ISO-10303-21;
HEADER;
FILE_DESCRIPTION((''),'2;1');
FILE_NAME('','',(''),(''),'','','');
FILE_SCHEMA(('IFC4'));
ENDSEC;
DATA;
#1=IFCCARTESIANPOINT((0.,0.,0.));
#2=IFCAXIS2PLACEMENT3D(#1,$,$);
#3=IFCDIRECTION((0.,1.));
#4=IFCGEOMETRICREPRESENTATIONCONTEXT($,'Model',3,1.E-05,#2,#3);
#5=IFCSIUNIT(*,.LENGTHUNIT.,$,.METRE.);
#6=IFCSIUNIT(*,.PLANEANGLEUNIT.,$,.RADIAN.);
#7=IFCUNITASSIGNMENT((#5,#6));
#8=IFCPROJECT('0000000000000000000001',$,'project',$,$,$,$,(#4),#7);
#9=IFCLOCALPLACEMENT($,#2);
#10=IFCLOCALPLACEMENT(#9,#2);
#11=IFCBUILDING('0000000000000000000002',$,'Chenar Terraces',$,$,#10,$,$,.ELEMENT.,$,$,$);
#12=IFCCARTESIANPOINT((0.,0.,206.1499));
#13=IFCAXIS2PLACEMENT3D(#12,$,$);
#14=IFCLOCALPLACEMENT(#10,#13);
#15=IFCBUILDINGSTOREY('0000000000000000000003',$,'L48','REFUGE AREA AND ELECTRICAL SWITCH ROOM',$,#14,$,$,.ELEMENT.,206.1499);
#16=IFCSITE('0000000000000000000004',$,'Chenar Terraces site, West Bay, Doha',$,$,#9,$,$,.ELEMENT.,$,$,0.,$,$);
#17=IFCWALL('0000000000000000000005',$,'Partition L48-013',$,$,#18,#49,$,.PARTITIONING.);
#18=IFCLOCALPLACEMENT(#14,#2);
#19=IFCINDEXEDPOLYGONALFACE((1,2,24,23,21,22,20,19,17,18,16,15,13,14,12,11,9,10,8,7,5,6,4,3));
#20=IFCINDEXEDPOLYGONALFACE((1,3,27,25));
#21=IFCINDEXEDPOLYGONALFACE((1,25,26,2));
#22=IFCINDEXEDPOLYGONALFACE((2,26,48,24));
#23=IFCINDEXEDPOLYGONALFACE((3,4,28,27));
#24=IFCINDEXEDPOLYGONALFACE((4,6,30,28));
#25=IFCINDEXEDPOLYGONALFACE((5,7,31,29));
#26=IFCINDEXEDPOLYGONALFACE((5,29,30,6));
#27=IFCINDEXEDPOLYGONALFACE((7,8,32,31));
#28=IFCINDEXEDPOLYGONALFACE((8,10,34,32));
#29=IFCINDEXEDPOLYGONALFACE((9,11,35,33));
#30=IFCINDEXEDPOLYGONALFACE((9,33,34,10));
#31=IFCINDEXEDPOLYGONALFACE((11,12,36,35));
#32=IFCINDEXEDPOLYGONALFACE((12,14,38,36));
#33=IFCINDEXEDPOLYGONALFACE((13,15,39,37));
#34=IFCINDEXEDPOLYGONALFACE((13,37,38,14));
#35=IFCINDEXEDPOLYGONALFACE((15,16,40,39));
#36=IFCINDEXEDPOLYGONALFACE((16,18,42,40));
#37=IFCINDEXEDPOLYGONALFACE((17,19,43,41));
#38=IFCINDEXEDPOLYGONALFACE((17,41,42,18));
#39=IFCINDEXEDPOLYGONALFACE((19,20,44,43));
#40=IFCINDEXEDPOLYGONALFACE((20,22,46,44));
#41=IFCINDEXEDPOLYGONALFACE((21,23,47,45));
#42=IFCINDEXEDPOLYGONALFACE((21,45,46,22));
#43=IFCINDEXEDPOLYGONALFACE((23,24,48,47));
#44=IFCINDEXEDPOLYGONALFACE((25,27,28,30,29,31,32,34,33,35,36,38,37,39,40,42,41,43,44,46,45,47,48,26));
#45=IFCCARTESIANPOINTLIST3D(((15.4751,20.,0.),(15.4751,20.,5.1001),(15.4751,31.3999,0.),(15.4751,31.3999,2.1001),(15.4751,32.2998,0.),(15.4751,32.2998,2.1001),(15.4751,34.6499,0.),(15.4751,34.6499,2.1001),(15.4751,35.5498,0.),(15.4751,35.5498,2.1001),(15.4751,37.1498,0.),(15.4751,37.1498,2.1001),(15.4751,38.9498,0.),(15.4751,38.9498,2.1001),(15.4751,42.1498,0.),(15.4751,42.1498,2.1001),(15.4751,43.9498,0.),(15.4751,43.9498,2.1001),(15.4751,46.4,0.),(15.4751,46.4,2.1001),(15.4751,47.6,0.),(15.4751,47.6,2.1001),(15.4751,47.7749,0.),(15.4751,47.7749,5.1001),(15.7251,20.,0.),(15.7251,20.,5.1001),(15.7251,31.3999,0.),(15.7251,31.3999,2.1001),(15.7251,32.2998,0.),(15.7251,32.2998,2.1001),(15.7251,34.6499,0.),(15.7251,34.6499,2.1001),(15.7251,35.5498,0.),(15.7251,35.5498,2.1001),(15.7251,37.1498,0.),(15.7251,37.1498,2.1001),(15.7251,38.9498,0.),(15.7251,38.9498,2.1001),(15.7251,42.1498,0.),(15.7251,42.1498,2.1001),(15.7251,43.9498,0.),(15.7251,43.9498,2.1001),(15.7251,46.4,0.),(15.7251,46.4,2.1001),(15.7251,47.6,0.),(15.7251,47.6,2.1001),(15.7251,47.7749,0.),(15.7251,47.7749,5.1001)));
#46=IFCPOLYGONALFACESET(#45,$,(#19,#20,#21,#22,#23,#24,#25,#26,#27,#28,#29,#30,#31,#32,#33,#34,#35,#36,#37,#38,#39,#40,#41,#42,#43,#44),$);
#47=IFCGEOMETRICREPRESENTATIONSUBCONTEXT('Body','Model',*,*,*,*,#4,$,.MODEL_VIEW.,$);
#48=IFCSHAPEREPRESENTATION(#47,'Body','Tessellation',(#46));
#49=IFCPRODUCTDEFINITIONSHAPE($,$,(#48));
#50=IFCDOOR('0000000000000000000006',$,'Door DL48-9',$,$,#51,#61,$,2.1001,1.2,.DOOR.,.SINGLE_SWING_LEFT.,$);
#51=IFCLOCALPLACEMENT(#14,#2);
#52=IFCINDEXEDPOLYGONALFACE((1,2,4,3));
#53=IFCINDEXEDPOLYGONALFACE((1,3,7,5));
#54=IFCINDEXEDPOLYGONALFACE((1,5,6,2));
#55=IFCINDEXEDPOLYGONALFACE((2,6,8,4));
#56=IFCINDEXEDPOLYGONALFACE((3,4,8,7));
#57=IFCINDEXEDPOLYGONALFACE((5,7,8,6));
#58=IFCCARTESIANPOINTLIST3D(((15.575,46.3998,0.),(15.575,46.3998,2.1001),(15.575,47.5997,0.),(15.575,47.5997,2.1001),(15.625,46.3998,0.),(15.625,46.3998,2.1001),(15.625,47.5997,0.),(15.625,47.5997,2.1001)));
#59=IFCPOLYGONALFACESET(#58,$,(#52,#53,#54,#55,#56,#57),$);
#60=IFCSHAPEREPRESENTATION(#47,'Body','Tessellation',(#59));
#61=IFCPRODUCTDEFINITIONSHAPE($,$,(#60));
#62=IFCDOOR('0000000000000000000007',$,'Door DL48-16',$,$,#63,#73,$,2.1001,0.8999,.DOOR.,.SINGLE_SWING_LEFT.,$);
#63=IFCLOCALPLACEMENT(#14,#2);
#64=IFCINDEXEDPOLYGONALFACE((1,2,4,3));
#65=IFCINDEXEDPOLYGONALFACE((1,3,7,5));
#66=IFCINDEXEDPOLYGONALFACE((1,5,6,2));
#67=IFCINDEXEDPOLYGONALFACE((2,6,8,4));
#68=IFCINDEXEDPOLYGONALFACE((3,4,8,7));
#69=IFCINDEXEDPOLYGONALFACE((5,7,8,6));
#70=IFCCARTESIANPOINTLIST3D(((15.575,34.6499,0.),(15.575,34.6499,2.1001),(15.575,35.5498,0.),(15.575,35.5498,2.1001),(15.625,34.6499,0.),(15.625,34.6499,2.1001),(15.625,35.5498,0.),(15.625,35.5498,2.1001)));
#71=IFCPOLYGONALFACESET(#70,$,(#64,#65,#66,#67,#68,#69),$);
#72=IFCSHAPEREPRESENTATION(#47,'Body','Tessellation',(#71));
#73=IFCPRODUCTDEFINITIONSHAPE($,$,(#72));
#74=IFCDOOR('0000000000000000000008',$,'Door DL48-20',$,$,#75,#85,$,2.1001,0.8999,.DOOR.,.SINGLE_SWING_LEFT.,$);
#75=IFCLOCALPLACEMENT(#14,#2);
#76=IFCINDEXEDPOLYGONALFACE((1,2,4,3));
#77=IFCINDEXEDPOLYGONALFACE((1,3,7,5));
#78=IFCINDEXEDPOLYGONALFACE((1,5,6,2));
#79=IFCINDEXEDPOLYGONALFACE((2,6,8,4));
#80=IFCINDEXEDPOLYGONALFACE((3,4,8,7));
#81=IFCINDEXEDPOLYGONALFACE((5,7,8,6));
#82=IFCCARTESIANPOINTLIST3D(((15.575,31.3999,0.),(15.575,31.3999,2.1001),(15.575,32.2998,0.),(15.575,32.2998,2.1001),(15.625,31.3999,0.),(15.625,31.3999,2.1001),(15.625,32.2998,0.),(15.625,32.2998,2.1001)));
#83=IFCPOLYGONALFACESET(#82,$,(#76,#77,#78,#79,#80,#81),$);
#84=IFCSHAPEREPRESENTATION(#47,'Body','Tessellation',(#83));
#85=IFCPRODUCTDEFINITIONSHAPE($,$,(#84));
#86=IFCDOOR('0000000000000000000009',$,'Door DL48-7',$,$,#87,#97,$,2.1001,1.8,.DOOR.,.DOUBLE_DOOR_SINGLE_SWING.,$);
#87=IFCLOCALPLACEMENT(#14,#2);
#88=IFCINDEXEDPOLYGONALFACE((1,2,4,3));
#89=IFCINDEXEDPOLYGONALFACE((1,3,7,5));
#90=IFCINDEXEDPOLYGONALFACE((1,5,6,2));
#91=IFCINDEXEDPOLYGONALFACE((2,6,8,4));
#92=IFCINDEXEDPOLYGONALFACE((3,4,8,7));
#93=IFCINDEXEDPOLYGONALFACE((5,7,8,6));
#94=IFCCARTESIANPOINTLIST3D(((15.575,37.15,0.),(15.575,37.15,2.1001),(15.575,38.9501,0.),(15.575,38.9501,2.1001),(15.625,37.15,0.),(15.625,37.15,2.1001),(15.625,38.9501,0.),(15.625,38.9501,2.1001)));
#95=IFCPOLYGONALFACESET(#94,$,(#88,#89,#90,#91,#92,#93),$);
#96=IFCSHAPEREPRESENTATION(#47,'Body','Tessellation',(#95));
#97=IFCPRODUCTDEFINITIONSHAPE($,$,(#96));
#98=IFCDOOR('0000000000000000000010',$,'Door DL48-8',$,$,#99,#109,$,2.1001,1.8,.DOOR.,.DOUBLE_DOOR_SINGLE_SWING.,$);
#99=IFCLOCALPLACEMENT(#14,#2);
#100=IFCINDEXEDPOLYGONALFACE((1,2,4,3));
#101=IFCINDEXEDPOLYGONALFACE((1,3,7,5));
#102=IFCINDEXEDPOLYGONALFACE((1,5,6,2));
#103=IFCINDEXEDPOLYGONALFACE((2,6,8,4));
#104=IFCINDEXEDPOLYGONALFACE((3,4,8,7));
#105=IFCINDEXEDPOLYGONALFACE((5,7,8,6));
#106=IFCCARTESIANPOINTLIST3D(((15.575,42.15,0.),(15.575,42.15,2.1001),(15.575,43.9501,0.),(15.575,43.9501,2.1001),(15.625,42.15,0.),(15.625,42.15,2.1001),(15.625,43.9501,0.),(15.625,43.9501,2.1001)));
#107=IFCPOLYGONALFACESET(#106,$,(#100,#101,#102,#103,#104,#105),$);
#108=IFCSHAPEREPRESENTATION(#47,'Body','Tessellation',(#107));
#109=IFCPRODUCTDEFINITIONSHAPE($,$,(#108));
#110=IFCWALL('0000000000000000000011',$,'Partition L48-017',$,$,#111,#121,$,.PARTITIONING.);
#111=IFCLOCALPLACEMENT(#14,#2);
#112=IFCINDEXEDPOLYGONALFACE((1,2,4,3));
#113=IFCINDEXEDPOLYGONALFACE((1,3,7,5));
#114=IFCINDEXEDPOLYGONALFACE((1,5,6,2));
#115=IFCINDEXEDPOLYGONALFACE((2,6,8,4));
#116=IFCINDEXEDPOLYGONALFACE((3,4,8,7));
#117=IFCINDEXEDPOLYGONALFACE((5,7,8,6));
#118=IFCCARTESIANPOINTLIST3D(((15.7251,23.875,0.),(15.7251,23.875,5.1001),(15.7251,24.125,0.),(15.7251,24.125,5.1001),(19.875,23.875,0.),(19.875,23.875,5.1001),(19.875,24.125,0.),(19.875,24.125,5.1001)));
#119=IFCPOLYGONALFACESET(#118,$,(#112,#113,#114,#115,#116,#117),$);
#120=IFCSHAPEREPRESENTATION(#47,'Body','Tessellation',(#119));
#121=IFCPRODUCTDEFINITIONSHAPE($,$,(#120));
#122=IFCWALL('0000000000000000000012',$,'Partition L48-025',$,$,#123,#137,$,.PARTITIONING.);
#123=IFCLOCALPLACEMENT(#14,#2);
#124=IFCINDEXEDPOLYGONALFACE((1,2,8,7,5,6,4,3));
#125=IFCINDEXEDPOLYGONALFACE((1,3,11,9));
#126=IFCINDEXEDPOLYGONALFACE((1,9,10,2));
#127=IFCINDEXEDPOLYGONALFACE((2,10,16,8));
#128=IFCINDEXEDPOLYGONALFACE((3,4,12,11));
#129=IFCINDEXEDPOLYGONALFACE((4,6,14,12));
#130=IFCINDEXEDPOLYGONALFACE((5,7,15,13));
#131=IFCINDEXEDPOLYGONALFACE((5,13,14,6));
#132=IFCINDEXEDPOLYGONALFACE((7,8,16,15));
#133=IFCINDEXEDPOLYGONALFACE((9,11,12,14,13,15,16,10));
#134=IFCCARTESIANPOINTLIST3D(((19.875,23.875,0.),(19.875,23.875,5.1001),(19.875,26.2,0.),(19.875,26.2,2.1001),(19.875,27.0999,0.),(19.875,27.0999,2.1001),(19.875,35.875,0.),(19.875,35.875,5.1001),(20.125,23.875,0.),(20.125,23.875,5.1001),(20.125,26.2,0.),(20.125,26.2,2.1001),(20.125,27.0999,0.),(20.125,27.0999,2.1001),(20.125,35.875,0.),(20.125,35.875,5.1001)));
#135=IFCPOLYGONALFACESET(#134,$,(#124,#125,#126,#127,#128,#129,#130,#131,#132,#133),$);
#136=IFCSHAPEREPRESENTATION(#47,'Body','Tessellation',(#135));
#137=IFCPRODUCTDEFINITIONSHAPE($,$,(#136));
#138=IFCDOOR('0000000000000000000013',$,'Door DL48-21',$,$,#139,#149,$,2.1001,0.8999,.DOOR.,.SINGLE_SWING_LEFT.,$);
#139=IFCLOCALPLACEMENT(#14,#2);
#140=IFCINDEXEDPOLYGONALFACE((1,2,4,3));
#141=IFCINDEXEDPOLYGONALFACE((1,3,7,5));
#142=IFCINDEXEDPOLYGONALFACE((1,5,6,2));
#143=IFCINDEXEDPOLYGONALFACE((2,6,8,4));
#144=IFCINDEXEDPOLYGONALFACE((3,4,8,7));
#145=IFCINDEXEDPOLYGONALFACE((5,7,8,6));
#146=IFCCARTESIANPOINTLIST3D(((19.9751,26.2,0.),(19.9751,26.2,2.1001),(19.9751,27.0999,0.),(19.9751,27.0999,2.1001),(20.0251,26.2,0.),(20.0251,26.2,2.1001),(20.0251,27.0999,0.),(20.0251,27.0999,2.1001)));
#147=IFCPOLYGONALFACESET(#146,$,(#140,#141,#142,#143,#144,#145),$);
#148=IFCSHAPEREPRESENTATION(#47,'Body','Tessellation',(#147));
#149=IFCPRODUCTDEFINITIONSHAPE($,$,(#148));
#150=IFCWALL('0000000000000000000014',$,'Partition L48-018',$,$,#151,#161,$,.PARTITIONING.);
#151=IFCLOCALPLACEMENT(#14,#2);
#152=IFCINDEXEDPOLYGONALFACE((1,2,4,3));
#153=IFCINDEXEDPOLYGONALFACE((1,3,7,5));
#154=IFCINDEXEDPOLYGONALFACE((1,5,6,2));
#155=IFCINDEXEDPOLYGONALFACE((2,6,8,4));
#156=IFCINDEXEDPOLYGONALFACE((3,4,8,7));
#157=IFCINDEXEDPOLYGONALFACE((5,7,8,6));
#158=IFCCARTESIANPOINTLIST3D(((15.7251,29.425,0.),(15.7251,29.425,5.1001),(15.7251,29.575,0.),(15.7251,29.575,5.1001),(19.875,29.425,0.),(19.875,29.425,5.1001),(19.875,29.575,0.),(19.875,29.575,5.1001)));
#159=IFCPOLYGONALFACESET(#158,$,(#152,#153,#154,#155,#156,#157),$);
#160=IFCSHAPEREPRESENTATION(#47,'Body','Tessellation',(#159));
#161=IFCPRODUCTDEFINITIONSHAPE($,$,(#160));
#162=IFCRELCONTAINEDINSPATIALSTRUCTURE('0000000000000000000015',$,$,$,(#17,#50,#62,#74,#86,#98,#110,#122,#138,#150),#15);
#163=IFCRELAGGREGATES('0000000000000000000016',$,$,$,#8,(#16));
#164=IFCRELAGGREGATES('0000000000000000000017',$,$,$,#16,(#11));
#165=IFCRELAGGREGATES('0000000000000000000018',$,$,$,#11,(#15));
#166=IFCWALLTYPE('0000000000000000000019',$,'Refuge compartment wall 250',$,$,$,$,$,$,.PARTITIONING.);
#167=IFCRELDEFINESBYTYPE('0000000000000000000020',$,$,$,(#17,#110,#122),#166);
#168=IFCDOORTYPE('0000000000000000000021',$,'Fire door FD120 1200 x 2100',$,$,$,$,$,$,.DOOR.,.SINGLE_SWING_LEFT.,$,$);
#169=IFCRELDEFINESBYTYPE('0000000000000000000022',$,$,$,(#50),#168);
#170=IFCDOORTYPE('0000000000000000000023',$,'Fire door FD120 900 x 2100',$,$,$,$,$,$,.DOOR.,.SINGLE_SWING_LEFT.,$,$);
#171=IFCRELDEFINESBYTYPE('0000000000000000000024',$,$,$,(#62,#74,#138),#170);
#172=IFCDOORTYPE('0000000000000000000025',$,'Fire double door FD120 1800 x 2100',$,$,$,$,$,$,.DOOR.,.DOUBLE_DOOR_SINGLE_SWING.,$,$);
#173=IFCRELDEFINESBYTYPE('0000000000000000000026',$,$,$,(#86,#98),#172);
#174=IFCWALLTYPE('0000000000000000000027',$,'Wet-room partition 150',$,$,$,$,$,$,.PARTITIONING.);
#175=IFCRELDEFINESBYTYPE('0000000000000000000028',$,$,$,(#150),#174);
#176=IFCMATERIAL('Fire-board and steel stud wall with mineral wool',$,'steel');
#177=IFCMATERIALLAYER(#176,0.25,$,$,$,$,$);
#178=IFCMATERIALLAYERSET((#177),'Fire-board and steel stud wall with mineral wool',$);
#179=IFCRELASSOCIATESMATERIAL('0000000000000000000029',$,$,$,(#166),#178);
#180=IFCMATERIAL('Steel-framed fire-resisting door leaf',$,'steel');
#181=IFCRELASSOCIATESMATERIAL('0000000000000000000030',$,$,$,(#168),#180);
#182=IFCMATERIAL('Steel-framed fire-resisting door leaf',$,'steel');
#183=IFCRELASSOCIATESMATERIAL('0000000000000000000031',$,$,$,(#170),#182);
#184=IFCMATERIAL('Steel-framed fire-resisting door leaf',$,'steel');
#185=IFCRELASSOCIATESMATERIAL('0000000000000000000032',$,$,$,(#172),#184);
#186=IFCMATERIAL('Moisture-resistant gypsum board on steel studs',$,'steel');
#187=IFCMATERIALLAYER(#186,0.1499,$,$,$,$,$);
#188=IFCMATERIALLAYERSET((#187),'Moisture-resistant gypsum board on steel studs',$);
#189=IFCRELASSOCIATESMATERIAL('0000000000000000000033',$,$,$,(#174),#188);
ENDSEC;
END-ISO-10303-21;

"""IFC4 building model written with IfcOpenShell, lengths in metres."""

from ifc_helpers import new_model, si_unit, direction, frame, frame_2d, origin, place, context, subcontext, project, spatial, rectangle, extrude, material, layer, layer_set, type_object, element, fill, save


model = new_model("IFC4")

# Units and contexts
model_context = context("Model", 3, precision=1e-05, world=origin(), true_north=direction((0.0, 1.0)))
body_context = subcontext(model_context, "Body", "Model", "MODEL_VIEW")
ifc_project = project(units=[si_unit("LENGTHUNIT", "METRE"), si_unit("PLANEANGLEUNIT", "RADIAN")], contexts=[model_context])

# Site, building, storey
site_placement = place(None, origin())
site = spatial("IfcSite", under=ifc_project, at=site_placement, Name="Chenar Terraces site, West Bay, Doha", CompositionType="ELEMENT", RefElevation=0.0)
building_placement = place(site_placement, origin())
building = spatial("IfcBuilding", under=site, at=building_placement, Name="Chenar Terraces", CompositionType="ELEMENT")
storey_placement = place(building_placement, frame((0.0, 0.0, 206.1499)))
storey = spatial("IfcBuildingStorey", under=building, at=storey_placement, Name="L48", Description="REFUGE AREA AND ELECTRICAL SWITCH ROOM", CompositionType="ELEMENT", Elevation=206.1499)

# Shared definitions
ifc_material_1 = material(Name="Fire-board and steel stud wall with mineral wool", Category="steel")
ifc_layer_1 = layer(ifc_material_1, 0.25)
ifc_layer_set_1 = layer_set([ifc_layer_1], Name="Fire-board and steel stud wall with mineral wool")
wall_type_1 = type_object("IfcWallType", Name="Refuge compartment wall 250", PredefinedType="PARTITIONING", material=ifc_layer_set_1)

# Wall, openings, doors
wall_1_placement = place(storey_placement, frame((15.6001, 20.0, 0.0), z_axis=(0.0, 0.0, 1.0), x_axis=(0.0, 1.0, 0.0)))
wall_1 = element("IfcWall", 1, at=wall_1_placement, inside=storey, type_object=wall_type_1, Name="Partition L48-013", PredefinedType="PARTITIONING", context=body_context, shape_type="SweptSolid", body=[
    extrude(rectangle(XDim=27.7749, YDim=0.25, at=frame_2d((13.8875, 0.0))), origin(), (0.0, 0.0, 1.0), 5.1001),
])
opening_1_placement = place(wall_1_placement, frame((17.1499, 0.0, 0.0)))
opening_1 = element("IfcOpeningElement", 2, at=opening_1_placement, cuts=wall_1, PredefinedType="OPENING", context=body_context, shape_type="SweptSolid", body=[
    extrude(rectangle(XDim=1.8, YDim=2.1001, at=frame_2d((0.8999, 1.05))), frame((0.0, 0.135, 0.0), z_axis=(0.0, -1.0, 0.0), x_axis=(1.0, 0.0, 0.0)), (0.0, 0.0, 1.0), 0.27),
])
opening_2_placement = place(wall_1_placement, frame((22.1499, 0.0, 0.0)))
opening_2 = element("IfcOpeningElement", 3, at=opening_2_placement, cuts=wall_1, PredefinedType="OPENING", context=body_context, shape_type="SweptSolid", body=[
    extrude(rectangle(XDim=1.8, YDim=2.1001, at=frame_2d((0.8999, 1.05))), frame((0.0, 0.135, 0.0), z_axis=(0.0, -1.0, 0.0), x_axis=(1.0, 0.0, 0.0)), (0.0, 0.0, 1.0), 0.27),
])
opening_3_placement = place(wall_1_placement, frame((26.3999, 0.0, 0.0)))
opening_3 = element("IfcOpeningElement", 4, at=opening_3_placement, cuts=wall_1, PredefinedType="OPENING", context=body_context, shape_type="SweptSolid", body=[
    extrude(rectangle(XDim=1.2, YDim=2.1001, at=frame_2d((0.6001, 1.05))), frame((0.0, 0.135, 0.0), z_axis=(0.0, -1.0, 0.0), x_axis=(1.0, 0.0, 0.0)), (0.0, 0.0, 1.0), 0.27),
])
opening_4_placement = place(wall_1_placement, frame((14.6499, 0.0, 0.0)))
opening_4 = element("IfcOpeningElement", 5, at=opening_4_placement, cuts=wall_1, PredefinedType="OPENING", context=body_context, shape_type="SweptSolid", body=[
    extrude(rectangle(XDim=0.8999, YDim=2.1001, at=frame_2d((0.45, 1.05))), frame((0.0, 0.135, 0.0), z_axis=(0.0, -1.0, 0.0), x_axis=(1.0, 0.0, 0.0)), (0.0, 0.0, 1.0), 0.27),
])
opening_5_placement = place(wall_1_placement, frame((11.3999, 0.0, 0.0)))
opening_5 = element("IfcOpeningElement", 6, at=opening_5_placement, cuts=wall_1, PredefinedType="OPENING", context=body_context, shape_type="SweptSolid", body=[
    extrude(rectangle(XDim=0.8999, YDim=2.1001, at=frame_2d((0.45, 1.05))), frame((0.0, 0.135, 0.0), z_axis=(0.0, -1.0, 0.0), x_axis=(1.0, 0.0, 0.0)), (0.0, 0.0, 1.0), 0.27),
])
ifc_material_2 = material(Name="Steel-framed fire-resisting door leaf", Category="steel")
door_type_1 = type_object("IfcDoorType", Name="Fire door FD120 1200 x 2100", OperationType="SINGLE_SWING_LEFT", PredefinedType="DOOR", material=ifc_material_2)
door_1_placement = place(opening_3_placement, frame((1.2, 0.0, 0.0), z_axis=(0.0, 0.0, 1.0), x_axis=(-1.0, 0.0, 0.0)))
door_1 = element("IfcDoor", 7, at=door_1_placement, inside=storey, type_object=door_type_1, Name="Door DL48-9", OperationType="SINGLE_SWING_LEFT", OverallHeight=2.1001, OverallWidth=1.2, PredefinedType="DOOR", context=body_context, shape_type="SweptSolid", body=[
    extrude(rectangle(XDim=1.2, YDim=2.1001, at=frame_2d((0.6001, 1.05))), frame((0.0, 0.0249, 0.0), z_axis=(0.0, -1.0, 0.0), x_axis=(1.0, 0.0, 0.0)), (0.0, 0.0, 1.0), 0.05),
])
fill(opening_3, door_1)
ifc_material_3 = material(Name="Steel-framed fire-resisting door leaf", Category="steel")
door_type_2 = type_object("IfcDoorType", Name="Fire door FD120 900 x 2100", OperationType="SINGLE_SWING_LEFT", PredefinedType="DOOR", material=ifc_material_3)
door_2_placement = place(opening_4_placement, frame((0.8999, 0.0, 0.0), z_axis=(0.0, 0.0, 1.0), x_axis=(-1.0, 0.0, 0.0)))
door_2 = element("IfcDoor", 8, at=door_2_placement, inside=storey, type_object=door_type_2, Name="Door DL48-16", OperationType="SINGLE_SWING_LEFT", OverallHeight=2.1001, OverallWidth=0.8999, PredefinedType="DOOR", context=body_context, shape_type="SweptSolid", body=[
    extrude(rectangle(XDim=0.8999, YDim=2.1001, at=frame_2d((0.45, 1.05))), frame((0.0, 0.0249, 0.0), z_axis=(0.0, -1.0, 0.0), x_axis=(1.0, 0.0, 0.0)), (0.0, 0.0, 1.0), 0.05),
])
fill(opening_4, door_2)
door_3_placement = place(opening_5_placement, frame((0.8999, 0.0, 0.0), z_axis=(0.0, 0.0, 1.0), x_axis=(-1.0, 0.0, 0.0)))
door_3 = element("IfcDoor", 9, at=door_3_placement, inside=storey, type_object=door_type_2, Name="Door DL48-20", OperationType="SINGLE_SWING_LEFT", OverallHeight=2.1001, OverallWidth=0.8999, PredefinedType="DOOR", context=body_context, shape_type="SweptSolid", body=[
    extrude(rectangle(XDim=0.8999, YDim=2.1001, at=frame_2d((0.45, 1.05))), frame((0.0, 0.0249, 0.0), z_axis=(0.0, -1.0, 0.0), x_axis=(1.0, 0.0, 0.0)), (0.0, 0.0, 1.0), 0.05),
])
fill(opening_5, door_3)
ifc_material_4 = material(Name="Steel-framed fire-resisting door leaf", Category="steel")
door_type_3 = type_object("IfcDoorType", Name="Fire double door FD120 1800 x 2100", OperationType="DOUBLE_DOOR_SINGLE_SWING", PredefinedType="DOOR", material=ifc_material_4)
door_4_placement = place(opening_1_placement, frame((1.8, 0.0, 0.0), z_axis=(0.0, 0.0, 1.0), x_axis=(-1.0, 0.0, 0.0)))
door_4 = element("IfcDoor", 10, at=door_4_placement, inside=storey, type_object=door_type_3, Name="Door DL48-7", OperationType="DOUBLE_DOOR_SINGLE_SWING", OverallHeight=2.1001, OverallWidth=1.8, PredefinedType="DOOR", context=body_context, shape_type="SweptSolid", body=[
    extrude(rectangle(XDim=1.8, YDim=2.1001, at=frame_2d((0.8999, 1.05))), frame((0.0, 0.0249, 0.0), z_axis=(0.0, -1.0, 0.0), x_axis=(1.0, 0.0, 0.0)), (0.0, 0.0, 1.0), 0.05),
])
fill(opening_1, door_4)
door_5_placement = place(opening_2_placement, frame((1.8, 0.0, 0.0), z_axis=(0.0, 0.0, 1.0), x_axis=(-1.0, 0.0, 0.0)))
door_5 = element("IfcDoor", 11, at=door_5_placement, inside=storey, type_object=door_type_3, Name="Door DL48-8", OperationType="DOUBLE_DOOR_SINGLE_SWING", OverallHeight=2.1001, OverallWidth=1.8, PredefinedType="DOOR", context=body_context, shape_type="SweptSolid", body=[
    extrude(rectangle(XDim=1.8, YDim=2.1001, at=frame_2d((0.8999, 1.05))), frame((0.0, 0.0249, 0.0), z_axis=(0.0, -1.0, 0.0), x_axis=(1.0, 0.0, 0.0)), (0.0, 0.0, 1.0), 0.05),
])
fill(opening_2, door_5)

# Wall
wall_2_placement = place(storey_placement, frame((15.7251, 24.0, 0.0), z_axis=(0.0, 0.0, 1.0), x_axis=(1.0, 0.0, 0.0)))
element("IfcWall", 12, at=wall_2_placement, inside=storey, type_object=wall_type_1, Name="Partition L48-017", PredefinedType="PARTITIONING", context=body_context, shape_type="SweptSolid", body=[
    extrude(rectangle(XDim=4.1499, YDim=0.25, at=frame_2d((2.075, 0.0))), origin(), (0.0, 0.0, 1.0), 5.1001),
])

# Wall, opening, door
wall_3_placement = place(storey_placement, frame((20.0, 23.875, 0.0), z_axis=(0.0, 0.0, 1.0), x_axis=(0.0, 1.0, 0.0)))
wall_3 = element("IfcWall", 13, at=wall_3_placement, inside=storey, type_object=wall_type_1, Name="Partition L48-025", PredefinedType="PARTITIONING", context=body_context, shape_type="SweptSolid", body=[
    extrude(rectangle(XDim=12.0, YDim=0.25, at=frame_2d((6.0, 0.0))), origin(), (0.0, 0.0, 1.0), 5.1001),
])
opening_6_placement = place(wall_3_placement, frame((2.325, 0.0, 0.0)))
opening_6 = element("IfcOpeningElement", 14, at=opening_6_placement, cuts=wall_3, PredefinedType="OPENING", context=body_context, shape_type="SweptSolid", body=[
    extrude(rectangle(XDim=0.8999, YDim=2.1001, at=frame_2d((0.45, 1.05))), frame((0.0, 0.135, 0.0), z_axis=(0.0, -1.0, 0.0), x_axis=(1.0, 0.0, 0.0)), (0.0, 0.0, 1.0), 0.27),
])
door_6_placement = place(opening_6_placement, origin())
door_6 = element("IfcDoor", 15, at=door_6_placement, inside=storey, type_object=door_type_2, Name="Door DL48-21", OperationType="SINGLE_SWING_LEFT", OverallHeight=2.1001, OverallWidth=0.8999, PredefinedType="DOOR", context=body_context, shape_type="SweptSolid", body=[
    extrude(rectangle(XDim=0.8999, YDim=2.1001, at=frame_2d((0.45, 1.05))), frame((0.0, 0.0249, 0.0), z_axis=(0.0, -1.0, 0.0), x_axis=(1.0, 0.0, 0.0)), (0.0, 0.0, 1.0), 0.05),
])
fill(opening_6, door_6)

# Wall
ifc_material_5 = material(Name="Moisture-resistant gypsum board on steel studs", Category="steel")
ifc_layer_2 = layer(ifc_material_5, 0.1499)
ifc_layer_set_2 = layer_set([ifc_layer_2], Name="Moisture-resistant gypsum board on steel studs")
wall_type_2 = type_object("IfcWallType", Name="Wet-room partition 150", PredefinedType="PARTITIONING", material=ifc_layer_set_2)
wall_4_placement = place(storey_placement, frame((15.7251, 29.5, 0.0), z_axis=(0.0, 0.0, 1.0), x_axis=(1.0, 0.0, 0.0)))
element("IfcWall", 16, at=wall_4_placement, inside=storey, type_object=wall_type_2, Name="Partition L48-018", PredefinedType="PARTITIONING", context=body_context, shape_type="SweptSolid", body=[
    extrude(rectangle(XDim=4.1499, YDim=0.1499, at=frame_2d((2.075, 0.0))), origin(), (0.0, 0.0, 1.0), 5.1001),
])

save(model, "model.ifc")
